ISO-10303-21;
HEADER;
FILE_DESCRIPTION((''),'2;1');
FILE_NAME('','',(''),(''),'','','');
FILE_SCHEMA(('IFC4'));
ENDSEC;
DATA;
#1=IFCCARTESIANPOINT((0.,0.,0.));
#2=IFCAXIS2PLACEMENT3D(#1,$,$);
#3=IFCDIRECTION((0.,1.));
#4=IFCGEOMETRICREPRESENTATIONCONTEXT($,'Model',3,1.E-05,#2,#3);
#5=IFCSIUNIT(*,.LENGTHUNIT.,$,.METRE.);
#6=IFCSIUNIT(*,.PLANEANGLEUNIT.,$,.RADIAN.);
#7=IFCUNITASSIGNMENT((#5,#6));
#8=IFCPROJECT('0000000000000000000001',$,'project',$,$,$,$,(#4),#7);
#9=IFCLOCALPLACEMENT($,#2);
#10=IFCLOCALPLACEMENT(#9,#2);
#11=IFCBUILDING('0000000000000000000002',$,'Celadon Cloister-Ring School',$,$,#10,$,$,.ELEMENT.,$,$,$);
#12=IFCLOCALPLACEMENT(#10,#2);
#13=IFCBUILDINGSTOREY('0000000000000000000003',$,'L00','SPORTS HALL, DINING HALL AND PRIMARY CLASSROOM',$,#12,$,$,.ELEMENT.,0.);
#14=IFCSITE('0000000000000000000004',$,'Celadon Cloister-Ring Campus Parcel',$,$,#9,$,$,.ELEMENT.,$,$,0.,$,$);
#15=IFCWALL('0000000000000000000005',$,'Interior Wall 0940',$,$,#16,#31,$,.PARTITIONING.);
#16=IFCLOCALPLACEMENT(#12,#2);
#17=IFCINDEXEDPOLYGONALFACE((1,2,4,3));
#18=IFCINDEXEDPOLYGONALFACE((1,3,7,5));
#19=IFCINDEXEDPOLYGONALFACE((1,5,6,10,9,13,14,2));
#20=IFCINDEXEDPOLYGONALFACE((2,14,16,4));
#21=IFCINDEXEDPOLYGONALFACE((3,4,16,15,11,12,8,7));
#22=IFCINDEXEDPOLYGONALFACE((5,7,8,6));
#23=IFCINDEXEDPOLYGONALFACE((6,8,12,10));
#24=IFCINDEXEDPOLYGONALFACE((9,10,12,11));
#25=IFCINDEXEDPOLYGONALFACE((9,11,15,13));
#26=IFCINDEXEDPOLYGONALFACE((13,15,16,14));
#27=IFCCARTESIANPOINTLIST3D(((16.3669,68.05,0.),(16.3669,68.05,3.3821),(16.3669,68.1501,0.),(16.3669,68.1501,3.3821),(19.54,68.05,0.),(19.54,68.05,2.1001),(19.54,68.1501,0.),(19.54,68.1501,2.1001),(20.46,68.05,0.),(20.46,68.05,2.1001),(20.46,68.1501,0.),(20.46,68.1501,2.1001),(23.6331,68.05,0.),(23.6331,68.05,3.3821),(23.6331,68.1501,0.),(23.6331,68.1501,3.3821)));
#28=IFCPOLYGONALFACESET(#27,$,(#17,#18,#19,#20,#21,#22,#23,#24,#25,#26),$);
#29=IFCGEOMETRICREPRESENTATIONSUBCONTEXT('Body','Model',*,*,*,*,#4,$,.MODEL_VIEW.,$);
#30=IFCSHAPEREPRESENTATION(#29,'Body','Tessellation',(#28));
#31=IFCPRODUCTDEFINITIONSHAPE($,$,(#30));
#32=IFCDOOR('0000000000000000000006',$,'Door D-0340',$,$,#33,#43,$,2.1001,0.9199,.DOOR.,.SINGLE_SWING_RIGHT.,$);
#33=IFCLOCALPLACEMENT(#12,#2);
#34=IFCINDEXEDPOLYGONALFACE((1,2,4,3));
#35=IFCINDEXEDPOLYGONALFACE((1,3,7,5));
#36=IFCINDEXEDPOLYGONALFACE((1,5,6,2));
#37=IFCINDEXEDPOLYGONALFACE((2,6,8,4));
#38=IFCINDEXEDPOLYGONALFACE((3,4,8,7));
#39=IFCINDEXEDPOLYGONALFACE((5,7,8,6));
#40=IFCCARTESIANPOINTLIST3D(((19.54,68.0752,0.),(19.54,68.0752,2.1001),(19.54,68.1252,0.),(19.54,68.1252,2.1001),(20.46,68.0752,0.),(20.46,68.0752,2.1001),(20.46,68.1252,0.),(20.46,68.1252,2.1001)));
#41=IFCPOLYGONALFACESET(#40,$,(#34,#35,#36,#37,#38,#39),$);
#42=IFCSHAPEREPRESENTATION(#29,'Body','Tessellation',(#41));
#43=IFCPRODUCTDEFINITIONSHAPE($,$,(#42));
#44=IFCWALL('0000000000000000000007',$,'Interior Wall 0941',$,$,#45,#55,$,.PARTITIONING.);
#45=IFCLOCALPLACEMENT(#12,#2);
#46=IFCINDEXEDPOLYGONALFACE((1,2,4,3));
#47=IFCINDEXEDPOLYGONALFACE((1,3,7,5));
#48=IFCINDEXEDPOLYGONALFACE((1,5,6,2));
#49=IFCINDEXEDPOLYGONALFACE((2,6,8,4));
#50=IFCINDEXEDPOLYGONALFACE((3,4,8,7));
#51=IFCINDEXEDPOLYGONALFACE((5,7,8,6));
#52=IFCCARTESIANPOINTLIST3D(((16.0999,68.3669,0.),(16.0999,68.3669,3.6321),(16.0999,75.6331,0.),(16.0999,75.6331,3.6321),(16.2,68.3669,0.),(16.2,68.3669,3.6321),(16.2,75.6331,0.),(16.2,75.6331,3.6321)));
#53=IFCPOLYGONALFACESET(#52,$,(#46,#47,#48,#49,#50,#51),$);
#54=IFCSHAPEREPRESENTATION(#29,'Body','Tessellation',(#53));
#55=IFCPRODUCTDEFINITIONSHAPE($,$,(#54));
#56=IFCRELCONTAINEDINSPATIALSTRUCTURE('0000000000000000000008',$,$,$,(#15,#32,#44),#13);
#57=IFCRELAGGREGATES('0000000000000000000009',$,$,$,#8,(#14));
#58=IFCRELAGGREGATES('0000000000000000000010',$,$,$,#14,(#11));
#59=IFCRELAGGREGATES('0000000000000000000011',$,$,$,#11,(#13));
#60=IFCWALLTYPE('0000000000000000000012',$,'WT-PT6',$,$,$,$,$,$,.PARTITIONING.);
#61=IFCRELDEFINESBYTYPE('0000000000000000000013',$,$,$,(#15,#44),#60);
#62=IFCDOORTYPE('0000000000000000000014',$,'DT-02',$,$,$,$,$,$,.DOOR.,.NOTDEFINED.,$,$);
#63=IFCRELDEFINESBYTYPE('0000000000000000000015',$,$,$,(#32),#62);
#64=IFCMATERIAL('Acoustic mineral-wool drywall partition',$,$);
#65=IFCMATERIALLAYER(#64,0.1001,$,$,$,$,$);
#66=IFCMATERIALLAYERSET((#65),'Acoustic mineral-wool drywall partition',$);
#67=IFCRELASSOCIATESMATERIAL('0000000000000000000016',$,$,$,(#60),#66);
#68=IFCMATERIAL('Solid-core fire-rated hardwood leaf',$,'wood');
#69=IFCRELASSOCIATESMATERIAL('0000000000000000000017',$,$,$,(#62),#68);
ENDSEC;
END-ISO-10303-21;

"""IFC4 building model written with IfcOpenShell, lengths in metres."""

from ifc_helpers import new_model, si_unit, direction, frame, frame_2d, origin, place, context, subcontext, project, spatial, rectangle, extrude, material, layer, layer_set, type_object, element, fill, save


model = new_model("IFC4")

# Units and contexts
model_context = context("Model", 3, precision=1e-05, world=origin(), true_north=direction((0.0, 1.0)))
body_context = subcontext(model_context, "Body", "Model", "MODEL_VIEW")
ifc_project = project(units=[si_unit("LENGTHUNIT", "METRE"), si_unit("PLANEANGLEUNIT", "RADIAN")], contexts=[model_context])

# Site, building, storey
site_placement = place(None, origin())
site = spatial("IfcSite", under=ifc_project, at=site_placement, Name="Celadon Cloister-Ring Campus Parcel", CompositionType="ELEMENT", RefElevation=0.0)
building_placement = place(site_placement, origin())
building = spatial("IfcBuilding", under=site, at=building_placement, Name="Celadon Cloister-Ring School", CompositionType="ELEMENT")
storey_placement = place(building_placement, origin())
storey = spatial("IfcBuildingStorey", under=building, at=storey_placement, Name="L00", Description="SPORTS HALL, DINING HALL AND PRIMARY CLASSROOM", CompositionType="ELEMENT", Elevation=0.0)

# Shared definitions
ifc_material_1 = material(Name="Acoustic mineral-wool drywall partition")
ifc_layer_1 = layer(ifc_material_1, 0.1001)
ifc_layer_set_1 = layer_set([ifc_layer_1], Name="Acoustic mineral-wool drywall partition")
wall_type_1 = type_object("IfcWallType", Name="WT-PT6", PredefinedType="PARTITIONING", material=ifc_layer_set_1)

# Wall, opening, door
wall_1_placement = place(storey_placement, frame((23.6331, 68.1001, 0.0), z_axis=(0.0, 0.0, 1.0), x_axis=(-1.0, 0.0, 0.0)))
wall_1 = element("IfcWall", 1, at=wall_1_placement, inside=storey, type_object=wall_type_1, Name="Interior Wall 0940", PredefinedType="PARTITIONING", context=body_context, shape_type="SweptSolid", body=[
    extrude(rectangle(XDim=7.2661, YDim=0.1001, at=frame_2d((3.6331, 0.0))), origin(), (0.0, 0.0, 1.0), 3.3821),
])
opening_1_placement = place(wall_1_placement, frame((3.1731, 0.0, 0.0)))
opening_1 = element("IfcOpeningElement", 2, at=opening_1_placement, cuts=wall_1, PredefinedType="OPENING", context=body_context, shape_type="SweptSolid", body=[
    extrude(rectangle(XDim=0.9199, YDim=2.1001, at=frame_2d((0.46, 1.05))), frame((0.0, 0.0601, 0.0), z_axis=(0.0, -1.0, 0.0), x_axis=(1.0, 0.0, 0.0)), (0.0, 0.0, 1.0), 0.1201),
])
ifc_material_2 = material(Name="Solid-core fire-rated hardwood leaf", Category="wood")
door_type_1 = type_object("IfcDoorType", Name="DT-02", OperationType="NOTDEFINED", PredefinedType="DOOR", material=ifc_material_2)
door_1_placement = place(opening_1_placement, origin())
door_1 = element("IfcDoor", 3, at=door_1_placement, inside=storey, type_object=door_type_1, Name="Door D-0340", OperationType="SINGLE_SWING_RIGHT", OverallHeight=2.1001, OverallWidth=0.9199, PredefinedType="DOOR", context=body_context, shape_type="SweptSolid", body=[
    extrude(rectangle(XDim=0.9199, YDim=2.1001, at=frame_2d((0.46, 1.05))), frame((0.0, 0.0249, 0.0), z_axis=(0.0, -1.0, 0.0), x_axis=(1.0, 0.0, 0.0)), (0.0, 0.0, 1.0), 0.05),
])
fill(opening_1, door_1)

# Wall
wall_2_placement = place(storey_placement, frame((16.1499, 68.3669, 0.0), z_axis=(0.0, 0.0, 1.0), x_axis=(0.0, 1.0, 0.0)))
element("IfcWall", 4, at=wall_2_placement, inside=storey, type_object=wall_type_1, Name="Interior Wall 0941", PredefinedType="PARTITIONING", context=body_context, shape_type="SweptSolid", body=[
    extrude(rectangle(XDim=7.2661, YDim=0.1001, at=frame_2d((3.6331, 0.0))), origin(), (0.0, 0.0, 1.0), 3.6321),
])

save(model, "model.ifc")
